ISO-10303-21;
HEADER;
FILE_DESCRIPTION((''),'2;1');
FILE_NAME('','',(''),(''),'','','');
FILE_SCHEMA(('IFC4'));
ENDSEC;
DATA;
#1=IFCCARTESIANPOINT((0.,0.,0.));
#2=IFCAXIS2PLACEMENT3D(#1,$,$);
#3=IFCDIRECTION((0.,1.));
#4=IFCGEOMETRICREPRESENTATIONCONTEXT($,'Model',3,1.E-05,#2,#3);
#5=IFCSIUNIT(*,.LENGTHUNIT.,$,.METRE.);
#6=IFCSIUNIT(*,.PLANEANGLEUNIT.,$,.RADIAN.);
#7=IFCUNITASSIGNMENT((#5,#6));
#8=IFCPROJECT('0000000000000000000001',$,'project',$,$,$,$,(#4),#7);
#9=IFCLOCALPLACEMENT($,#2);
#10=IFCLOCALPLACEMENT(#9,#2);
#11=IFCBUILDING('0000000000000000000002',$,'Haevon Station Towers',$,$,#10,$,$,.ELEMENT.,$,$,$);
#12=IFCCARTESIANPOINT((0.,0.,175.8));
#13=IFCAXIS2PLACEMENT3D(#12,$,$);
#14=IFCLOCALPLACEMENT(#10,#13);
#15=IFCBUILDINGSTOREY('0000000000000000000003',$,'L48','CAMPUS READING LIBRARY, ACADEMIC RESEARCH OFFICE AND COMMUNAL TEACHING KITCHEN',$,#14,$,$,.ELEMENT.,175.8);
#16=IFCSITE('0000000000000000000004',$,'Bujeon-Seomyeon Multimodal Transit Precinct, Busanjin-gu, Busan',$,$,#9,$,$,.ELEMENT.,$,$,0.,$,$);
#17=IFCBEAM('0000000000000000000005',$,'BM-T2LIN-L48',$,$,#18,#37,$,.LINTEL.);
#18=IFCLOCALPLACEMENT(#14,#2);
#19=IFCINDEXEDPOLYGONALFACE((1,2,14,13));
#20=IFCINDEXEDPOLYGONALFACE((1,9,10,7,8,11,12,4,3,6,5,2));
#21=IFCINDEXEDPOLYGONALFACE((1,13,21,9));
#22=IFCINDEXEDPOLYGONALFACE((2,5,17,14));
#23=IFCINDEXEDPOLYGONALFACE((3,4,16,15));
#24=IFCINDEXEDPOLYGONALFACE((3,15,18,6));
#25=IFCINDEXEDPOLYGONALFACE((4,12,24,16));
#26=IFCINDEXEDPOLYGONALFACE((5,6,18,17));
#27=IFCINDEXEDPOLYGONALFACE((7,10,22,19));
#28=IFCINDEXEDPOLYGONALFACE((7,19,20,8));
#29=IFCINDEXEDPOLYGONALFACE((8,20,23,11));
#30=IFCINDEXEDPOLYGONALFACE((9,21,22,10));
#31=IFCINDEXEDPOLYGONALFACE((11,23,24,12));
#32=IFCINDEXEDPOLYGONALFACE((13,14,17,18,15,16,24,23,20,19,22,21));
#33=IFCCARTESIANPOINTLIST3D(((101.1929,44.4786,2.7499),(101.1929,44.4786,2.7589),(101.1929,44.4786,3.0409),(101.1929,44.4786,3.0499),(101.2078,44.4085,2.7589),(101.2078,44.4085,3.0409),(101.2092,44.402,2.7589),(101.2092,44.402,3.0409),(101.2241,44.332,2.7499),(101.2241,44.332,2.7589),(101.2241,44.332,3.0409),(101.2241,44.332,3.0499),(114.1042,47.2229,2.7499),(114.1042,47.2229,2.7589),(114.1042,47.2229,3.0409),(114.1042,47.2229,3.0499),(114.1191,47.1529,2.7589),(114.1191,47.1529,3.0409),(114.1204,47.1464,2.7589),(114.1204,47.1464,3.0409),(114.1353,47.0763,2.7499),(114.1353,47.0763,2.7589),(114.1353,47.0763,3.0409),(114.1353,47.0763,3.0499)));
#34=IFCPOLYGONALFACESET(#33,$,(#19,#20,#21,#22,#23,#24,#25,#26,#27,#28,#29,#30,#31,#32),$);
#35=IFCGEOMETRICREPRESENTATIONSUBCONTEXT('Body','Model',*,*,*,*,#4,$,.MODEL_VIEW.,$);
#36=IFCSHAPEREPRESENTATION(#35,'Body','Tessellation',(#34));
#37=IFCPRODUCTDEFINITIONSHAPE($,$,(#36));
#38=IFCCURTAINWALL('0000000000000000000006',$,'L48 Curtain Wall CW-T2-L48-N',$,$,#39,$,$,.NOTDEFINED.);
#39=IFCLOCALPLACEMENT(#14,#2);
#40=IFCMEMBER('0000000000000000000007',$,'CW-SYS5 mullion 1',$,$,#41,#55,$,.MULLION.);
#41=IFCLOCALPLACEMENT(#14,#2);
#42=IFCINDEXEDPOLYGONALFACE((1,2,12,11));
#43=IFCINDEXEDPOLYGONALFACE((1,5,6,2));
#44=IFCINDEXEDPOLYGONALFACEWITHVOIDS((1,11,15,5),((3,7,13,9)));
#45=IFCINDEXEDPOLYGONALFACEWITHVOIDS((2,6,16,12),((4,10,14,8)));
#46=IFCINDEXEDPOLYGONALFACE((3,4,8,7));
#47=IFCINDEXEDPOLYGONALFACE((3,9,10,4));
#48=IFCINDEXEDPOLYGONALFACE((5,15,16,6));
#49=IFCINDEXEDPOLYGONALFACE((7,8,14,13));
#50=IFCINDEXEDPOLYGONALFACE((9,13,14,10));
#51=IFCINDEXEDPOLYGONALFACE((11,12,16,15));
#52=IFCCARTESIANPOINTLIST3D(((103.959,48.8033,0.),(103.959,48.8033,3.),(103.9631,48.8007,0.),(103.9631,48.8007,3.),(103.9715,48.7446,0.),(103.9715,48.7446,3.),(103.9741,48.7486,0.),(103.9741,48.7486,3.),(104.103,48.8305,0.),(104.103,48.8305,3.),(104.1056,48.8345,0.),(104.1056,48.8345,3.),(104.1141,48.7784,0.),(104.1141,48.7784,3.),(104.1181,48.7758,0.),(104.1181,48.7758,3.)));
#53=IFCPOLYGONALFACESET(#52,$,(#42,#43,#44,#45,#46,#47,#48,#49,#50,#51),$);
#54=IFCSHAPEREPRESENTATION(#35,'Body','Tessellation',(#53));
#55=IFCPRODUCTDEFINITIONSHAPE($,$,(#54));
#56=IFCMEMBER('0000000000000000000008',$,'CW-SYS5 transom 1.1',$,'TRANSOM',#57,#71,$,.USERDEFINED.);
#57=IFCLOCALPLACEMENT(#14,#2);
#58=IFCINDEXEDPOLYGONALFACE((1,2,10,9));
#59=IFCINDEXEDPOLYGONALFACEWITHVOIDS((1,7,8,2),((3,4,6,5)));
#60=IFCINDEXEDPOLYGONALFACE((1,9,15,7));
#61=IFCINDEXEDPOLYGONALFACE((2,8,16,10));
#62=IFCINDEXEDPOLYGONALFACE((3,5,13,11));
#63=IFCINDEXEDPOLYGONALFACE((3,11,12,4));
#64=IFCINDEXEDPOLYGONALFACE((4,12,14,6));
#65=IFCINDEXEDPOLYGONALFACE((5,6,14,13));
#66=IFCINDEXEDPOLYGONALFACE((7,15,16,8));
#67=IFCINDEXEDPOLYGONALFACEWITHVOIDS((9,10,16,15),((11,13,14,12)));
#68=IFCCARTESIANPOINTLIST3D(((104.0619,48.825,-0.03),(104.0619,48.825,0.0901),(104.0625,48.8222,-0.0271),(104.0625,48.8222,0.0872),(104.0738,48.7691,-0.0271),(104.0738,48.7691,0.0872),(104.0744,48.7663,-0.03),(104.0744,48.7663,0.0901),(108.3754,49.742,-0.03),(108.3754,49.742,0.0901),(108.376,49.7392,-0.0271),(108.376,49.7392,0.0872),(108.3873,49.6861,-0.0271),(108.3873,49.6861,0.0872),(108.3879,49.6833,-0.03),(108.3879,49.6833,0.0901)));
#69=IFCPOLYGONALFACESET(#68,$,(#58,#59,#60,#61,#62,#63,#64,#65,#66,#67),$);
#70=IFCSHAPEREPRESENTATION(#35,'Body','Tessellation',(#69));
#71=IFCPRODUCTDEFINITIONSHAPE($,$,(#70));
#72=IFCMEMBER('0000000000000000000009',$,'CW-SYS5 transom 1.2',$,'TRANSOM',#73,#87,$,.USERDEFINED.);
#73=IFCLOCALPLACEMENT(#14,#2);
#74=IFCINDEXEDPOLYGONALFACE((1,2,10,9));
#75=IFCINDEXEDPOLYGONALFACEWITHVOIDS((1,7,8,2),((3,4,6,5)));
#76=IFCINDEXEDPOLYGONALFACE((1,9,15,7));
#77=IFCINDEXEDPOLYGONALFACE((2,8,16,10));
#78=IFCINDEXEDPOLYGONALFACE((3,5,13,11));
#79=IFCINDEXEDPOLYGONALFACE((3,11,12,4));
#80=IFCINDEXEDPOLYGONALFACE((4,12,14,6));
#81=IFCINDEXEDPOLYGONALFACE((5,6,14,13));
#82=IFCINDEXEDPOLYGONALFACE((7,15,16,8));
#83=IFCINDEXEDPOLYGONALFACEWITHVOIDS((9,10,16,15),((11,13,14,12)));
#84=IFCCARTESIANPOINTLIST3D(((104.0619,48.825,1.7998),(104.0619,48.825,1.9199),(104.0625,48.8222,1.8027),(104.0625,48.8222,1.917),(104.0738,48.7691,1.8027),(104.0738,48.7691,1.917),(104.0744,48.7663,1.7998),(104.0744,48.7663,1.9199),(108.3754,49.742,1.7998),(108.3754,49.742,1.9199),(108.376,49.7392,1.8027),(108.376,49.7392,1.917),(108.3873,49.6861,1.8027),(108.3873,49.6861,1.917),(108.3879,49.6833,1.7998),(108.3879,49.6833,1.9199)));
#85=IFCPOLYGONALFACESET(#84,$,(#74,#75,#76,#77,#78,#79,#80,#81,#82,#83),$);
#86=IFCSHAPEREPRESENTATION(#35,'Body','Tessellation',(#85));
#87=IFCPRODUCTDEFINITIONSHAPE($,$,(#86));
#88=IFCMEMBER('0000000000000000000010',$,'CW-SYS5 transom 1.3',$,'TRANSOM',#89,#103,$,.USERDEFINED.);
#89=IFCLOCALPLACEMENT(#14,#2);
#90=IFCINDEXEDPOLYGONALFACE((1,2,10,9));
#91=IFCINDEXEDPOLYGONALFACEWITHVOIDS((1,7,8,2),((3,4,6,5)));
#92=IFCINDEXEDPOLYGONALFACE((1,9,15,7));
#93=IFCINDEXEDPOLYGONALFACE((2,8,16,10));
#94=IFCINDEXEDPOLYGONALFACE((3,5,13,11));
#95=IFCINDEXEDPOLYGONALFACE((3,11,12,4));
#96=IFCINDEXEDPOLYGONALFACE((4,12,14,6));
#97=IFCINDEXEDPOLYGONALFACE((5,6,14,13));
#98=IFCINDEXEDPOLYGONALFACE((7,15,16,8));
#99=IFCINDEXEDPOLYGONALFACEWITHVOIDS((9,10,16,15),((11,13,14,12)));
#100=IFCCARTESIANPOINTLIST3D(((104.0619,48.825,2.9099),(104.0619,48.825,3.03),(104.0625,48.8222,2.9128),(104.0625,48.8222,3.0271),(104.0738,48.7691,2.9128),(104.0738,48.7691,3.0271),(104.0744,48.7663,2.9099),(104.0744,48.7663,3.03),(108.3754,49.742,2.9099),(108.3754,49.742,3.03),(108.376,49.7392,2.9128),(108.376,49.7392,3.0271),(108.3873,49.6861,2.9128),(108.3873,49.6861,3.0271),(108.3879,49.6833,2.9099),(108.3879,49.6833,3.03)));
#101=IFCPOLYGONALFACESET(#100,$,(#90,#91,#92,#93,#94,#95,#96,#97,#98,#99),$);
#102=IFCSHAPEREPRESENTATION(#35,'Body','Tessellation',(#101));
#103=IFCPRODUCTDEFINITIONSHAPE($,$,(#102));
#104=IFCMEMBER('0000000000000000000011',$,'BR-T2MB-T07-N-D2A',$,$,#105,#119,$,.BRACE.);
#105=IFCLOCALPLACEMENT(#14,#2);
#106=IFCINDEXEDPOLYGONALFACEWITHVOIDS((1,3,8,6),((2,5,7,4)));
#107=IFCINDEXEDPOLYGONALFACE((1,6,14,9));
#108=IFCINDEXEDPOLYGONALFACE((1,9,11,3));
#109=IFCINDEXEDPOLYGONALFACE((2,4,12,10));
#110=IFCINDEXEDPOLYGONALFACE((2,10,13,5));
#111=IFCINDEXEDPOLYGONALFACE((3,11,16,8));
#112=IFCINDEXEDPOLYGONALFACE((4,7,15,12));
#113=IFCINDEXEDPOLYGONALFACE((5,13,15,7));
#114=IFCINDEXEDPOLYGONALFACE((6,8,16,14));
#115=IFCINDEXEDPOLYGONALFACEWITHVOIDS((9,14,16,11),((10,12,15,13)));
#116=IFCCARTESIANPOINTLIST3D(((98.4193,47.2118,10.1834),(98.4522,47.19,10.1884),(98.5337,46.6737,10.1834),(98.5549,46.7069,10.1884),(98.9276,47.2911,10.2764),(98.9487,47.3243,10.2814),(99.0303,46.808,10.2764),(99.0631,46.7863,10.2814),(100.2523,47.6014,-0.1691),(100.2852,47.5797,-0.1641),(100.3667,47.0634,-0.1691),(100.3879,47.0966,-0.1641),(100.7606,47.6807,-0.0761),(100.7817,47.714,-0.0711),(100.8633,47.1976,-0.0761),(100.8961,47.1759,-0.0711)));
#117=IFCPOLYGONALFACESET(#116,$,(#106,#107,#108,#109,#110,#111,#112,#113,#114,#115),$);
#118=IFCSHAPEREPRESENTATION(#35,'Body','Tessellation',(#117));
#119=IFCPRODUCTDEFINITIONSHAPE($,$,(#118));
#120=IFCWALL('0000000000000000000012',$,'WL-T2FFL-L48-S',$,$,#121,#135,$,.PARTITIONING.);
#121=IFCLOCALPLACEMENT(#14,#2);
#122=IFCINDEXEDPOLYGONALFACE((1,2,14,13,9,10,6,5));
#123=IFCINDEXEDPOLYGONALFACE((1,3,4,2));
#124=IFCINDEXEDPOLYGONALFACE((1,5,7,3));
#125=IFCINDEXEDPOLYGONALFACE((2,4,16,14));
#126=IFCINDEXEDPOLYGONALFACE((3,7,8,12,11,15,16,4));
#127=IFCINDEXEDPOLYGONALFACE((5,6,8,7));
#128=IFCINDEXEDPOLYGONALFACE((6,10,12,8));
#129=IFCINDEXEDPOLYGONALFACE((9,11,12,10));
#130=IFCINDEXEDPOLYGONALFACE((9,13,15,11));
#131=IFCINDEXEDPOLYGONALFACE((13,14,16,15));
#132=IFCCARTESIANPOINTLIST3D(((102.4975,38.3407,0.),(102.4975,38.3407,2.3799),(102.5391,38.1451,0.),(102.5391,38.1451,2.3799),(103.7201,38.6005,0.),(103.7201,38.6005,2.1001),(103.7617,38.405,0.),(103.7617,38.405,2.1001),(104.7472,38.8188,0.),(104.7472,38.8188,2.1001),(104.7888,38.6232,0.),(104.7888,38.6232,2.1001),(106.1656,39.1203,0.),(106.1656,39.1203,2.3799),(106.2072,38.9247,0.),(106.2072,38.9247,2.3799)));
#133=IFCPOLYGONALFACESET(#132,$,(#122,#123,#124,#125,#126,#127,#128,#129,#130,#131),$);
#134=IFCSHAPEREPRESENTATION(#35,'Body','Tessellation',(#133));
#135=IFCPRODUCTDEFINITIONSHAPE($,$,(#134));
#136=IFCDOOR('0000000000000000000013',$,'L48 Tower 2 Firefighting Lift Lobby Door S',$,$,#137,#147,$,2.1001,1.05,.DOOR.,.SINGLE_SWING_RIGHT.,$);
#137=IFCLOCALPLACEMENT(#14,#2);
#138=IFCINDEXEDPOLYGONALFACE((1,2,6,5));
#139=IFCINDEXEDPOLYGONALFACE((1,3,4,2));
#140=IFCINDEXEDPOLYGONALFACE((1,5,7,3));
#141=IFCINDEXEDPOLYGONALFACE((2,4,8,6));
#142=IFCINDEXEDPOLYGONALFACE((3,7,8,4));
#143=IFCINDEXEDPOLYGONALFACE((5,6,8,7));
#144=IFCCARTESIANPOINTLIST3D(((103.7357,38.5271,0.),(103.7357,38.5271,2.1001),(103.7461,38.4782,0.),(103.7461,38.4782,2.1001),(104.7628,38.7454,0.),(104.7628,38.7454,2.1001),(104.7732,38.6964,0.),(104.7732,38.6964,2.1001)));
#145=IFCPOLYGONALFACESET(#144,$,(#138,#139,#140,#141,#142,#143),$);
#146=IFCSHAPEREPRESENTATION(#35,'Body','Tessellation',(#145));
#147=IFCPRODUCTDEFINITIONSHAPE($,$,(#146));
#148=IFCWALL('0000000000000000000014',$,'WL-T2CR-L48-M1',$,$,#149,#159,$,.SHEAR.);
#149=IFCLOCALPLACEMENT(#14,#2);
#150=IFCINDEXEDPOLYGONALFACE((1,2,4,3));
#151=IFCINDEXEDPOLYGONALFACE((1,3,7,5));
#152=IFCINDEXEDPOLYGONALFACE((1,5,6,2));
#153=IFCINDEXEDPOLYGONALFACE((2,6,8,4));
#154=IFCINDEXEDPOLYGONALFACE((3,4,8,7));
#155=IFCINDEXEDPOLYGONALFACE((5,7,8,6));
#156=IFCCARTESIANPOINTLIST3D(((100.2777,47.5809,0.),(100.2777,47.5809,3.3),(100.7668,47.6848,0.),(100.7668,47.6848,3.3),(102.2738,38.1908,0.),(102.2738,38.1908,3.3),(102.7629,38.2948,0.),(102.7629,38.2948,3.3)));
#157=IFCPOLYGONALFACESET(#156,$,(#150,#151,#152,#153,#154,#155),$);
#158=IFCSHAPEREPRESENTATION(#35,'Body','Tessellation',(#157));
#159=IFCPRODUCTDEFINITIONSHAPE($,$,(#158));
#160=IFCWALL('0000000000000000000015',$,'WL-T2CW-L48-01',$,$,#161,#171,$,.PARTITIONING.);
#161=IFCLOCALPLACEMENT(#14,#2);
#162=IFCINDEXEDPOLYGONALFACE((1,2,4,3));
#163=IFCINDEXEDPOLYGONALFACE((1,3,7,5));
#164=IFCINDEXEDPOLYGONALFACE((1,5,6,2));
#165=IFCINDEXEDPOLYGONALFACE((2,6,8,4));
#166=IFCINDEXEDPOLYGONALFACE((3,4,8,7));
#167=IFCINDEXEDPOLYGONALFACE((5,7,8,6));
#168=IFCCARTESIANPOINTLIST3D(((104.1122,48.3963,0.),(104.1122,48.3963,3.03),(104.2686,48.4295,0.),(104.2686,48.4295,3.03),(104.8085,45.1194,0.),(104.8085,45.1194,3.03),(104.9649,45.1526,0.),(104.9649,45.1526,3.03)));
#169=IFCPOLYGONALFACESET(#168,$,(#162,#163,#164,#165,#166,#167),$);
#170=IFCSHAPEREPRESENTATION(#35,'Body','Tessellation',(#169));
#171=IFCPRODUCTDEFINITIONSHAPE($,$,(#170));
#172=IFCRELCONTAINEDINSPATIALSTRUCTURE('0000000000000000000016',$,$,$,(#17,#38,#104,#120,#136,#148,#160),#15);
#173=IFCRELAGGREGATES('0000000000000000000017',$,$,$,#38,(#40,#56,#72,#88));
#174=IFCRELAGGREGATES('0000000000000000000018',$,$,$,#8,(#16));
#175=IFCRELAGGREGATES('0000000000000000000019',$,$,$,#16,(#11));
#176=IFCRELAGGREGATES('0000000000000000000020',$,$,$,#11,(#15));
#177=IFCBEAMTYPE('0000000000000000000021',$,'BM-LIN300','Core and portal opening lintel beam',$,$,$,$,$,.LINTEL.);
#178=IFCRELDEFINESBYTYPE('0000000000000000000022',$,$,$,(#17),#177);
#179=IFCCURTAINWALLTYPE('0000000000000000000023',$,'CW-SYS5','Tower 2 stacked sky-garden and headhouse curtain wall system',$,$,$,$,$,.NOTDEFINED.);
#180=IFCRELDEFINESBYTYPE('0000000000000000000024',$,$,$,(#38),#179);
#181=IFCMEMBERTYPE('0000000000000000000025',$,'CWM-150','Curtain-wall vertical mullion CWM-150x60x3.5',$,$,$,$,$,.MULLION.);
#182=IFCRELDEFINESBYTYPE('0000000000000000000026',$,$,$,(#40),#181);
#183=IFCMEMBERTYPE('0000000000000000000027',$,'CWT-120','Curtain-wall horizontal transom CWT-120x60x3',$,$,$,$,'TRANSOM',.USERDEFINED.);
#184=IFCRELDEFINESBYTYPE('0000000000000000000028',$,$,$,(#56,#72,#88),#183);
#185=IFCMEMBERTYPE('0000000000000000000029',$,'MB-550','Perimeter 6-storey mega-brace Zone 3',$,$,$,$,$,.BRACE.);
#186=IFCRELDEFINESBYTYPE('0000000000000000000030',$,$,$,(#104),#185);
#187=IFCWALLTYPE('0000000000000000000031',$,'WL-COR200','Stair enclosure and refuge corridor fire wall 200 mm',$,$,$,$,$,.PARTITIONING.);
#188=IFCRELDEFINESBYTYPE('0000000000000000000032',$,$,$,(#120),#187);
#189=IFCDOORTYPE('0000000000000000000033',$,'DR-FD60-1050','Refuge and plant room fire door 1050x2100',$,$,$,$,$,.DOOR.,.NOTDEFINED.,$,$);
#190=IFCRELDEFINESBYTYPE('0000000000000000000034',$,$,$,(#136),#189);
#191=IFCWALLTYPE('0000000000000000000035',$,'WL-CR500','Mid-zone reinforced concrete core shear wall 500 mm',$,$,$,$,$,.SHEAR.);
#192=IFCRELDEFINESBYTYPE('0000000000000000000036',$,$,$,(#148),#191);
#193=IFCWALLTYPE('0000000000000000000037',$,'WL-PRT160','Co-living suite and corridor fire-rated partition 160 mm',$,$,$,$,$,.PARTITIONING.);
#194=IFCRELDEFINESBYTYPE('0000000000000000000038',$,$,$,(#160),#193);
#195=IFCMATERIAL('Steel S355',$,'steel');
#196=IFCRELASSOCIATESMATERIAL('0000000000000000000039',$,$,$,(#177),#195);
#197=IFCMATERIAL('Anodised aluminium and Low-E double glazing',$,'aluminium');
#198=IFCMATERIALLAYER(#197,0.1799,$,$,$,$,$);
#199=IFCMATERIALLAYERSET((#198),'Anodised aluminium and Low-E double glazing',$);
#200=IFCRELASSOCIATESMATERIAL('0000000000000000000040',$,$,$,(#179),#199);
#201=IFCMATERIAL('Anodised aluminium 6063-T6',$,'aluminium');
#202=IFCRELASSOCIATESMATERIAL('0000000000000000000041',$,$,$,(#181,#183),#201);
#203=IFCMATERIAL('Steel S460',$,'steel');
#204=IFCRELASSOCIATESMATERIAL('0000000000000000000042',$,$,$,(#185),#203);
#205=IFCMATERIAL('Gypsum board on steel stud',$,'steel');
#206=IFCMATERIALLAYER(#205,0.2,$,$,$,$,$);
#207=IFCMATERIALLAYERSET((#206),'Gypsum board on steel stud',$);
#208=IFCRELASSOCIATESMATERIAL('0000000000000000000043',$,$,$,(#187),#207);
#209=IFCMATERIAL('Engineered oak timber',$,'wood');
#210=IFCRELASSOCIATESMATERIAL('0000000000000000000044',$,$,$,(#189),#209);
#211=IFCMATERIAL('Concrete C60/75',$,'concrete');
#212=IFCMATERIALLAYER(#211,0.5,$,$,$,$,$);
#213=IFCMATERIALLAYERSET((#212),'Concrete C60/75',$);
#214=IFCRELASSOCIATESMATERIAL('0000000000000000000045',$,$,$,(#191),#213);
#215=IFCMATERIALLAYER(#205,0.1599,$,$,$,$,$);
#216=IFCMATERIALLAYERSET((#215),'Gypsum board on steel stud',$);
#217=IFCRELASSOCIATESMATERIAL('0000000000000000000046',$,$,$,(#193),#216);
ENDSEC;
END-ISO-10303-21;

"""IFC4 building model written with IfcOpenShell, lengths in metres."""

from ifc_helpers import new_model, si_unit, direction, frame, frame_2d, origin, origin_2d, place, context, subcontext, project, spatial, rectangle, hollow_rectangle, i_section, extrude, material, layer, layer_set, material_profile, profile_set, type_object, element, fill, aggregate, save


model = new_model("IFC4")

# Units and contexts
model_context = context("Model", 3, precision=1e-05, world=origin(), true_north=direction((0.0, 1.0)))
body_context = subcontext(model_context, "Body", "Model", "MODEL_VIEW")
ifc_project = project(units=[si_unit("LENGTHUNIT", "METRE"), si_unit("PLANEANGLEUNIT", "RADIAN")], contexts=[model_context])

# Site, building, storey
site_placement = place(None, origin())
site = spatial("IfcSite", under=ifc_project, at=site_placement, Name="Bujeon-Seomyeon Multimodal Transit Precinct, Busanjin-gu, Busan", CompositionType="ELEMENT", RefElevation=0.0)
building_placement = place(site_placement, origin())
building = spatial("IfcBuilding", under=site, at=building_placement, Name="Haevon Station Towers", CompositionType="ELEMENT")
storey_placement = place(building_placement, frame((0.0, 0.0, 175.8)))
storey = spatial("IfcBuildingStorey", under=building, at=storey_placement, Name="L48", Description="CAMPUS READING LIBRARY, ACADEMIC RESEARCH OFFICE AND COMMUNAL TEACHING KITCHEN", CompositionType="ELEMENT", Elevation=175.8)

# Beam
ifc_material_1 = material(Name="Steel S355", Category="steel")
ifc_material_profile_1 = material_profile(ifc_material_1, i_section(OverallWidth=0.1499, OverallDepth=0.3, WebThickness=0.0066, FlangeThickness=0.009, at=origin_2d()), Name="H-300x150x6.5x9")
ifc_profile_set_1 = profile_set([ifc_material_profile_1], Name="Steel S355")
beam_type = type_object("IfcBeamType", Name="BM-LIN300", Description="Core and portal opening lintel beam", PredefinedType="LINTEL", material=ifc_profile_set_1)
beam_placement = place(storey_placement, frame((101.2085, 44.4053, 2.8999), z_axis=(0.978148, 0.207911, 0.0), x_axis=(-0.207911, 0.978148, 0.0)))
element("IfcBeam", 1, at=beam_placement, inside=storey, type_object=beam_type, Name="BM-T2LIN-L48", PredefinedType="LINTEL", context=body_context, shape_type="SweptSolid", body=[
    extrude(i_section(OverallWidth=0.1499, OverallDepth=0.3, WebThickness=0.0066, FlangeThickness=0.009, at=origin_2d()), origin(), (0.0, 0.0, 1.0), 13.1997),
])

# Curtain wall, members
ifc_material_2 = material(Name="Anodised aluminium and Low-E double glazing", Category="aluminium")
ifc_layer_1 = layer(ifc_material_2, 0.1799)
ifc_layer_set_1 = layer_set([ifc_layer_1], Name="Anodised aluminium and Low-E double glazing")
curtain_wall_type = type_object("IfcCurtainWallType", Name="CW-SYS5", Description="Tower 2 stacked sky-garden and headhouse curtain wall system", PredefinedType="NOTDEFINED", material=ifc_layer_set_1)
curtain_wall_placement = place(storey_placement, origin())
curtain_wall = element("IfcCurtainWall", 2, at=curtain_wall_placement, inside=storey, type_object=curtain_wall_type, Name="L48 Curtain Wall CW-T2-L48-N", PredefinedType="NOTDEFINED")
ifc_material_3 = material(Name="Anodised aluminium 6063-T6", Category="aluminium")
ifc_material_profile_2 = material_profile(ifc_material_3, hollow_rectangle(XDim=0.0601, YDim=0.1499, WallThickness=0.0034, at=origin_2d()), Name="CWM-150x60x3.5")
ifc_profile_set_2 = profile_set([ifc_material_profile_2], Name="Anodised aluminium 6063-T6")
member_type_1 = type_object("IfcMemberType", Name="CWM-150", Description="Curtain-wall vertical mullion CWM-150x60x3.5", PredefinedType="MULLION", material=ifc_profile_set_2)
member_1_placement = place(storey_placement, frame((104.0386, 48.7896, 0.0), z_axis=(0.0, 0.0, 1.0), x_axis=(-0.207912, 0.978148, 0.0)))
member_1 = element("IfcMember", 3, at=member_1_placement, type_object=member_type_1, Name="CW-SYS5 mullion 1", PredefinedType="MULLION", context=body_context, shape_type="SweptSolid", body=[
    extrude(hollow_rectangle(XDim=0.0601, YDim=0.1499, WallThickness=0.0034, at=origin_2d()), origin(), (0.0, 0.0, 1.0), 3.0),
])
ifc_material_profile_3 = material_profile(ifc_material_3, hollow_rectangle(XDim=0.0601, YDim=0.1201, WallThickness=0.0029, at=origin_2d()), Name="CWT-120x60x3")
ifc_profile_set_3 = profile_set([ifc_material_profile_3], Name="Anodised aluminium 6063-T6")
member_type_2 = type_object("IfcMemberType", Name="CWT-120", Description="Curtain-wall horizontal transom CWT-120x60x3", ElementType="TRANSOM", PredefinedType="USERDEFINED", material=ifc_profile_set_3)
member_2_placement = place(storey_placement, frame((104.0681, 48.7957, 0.03), z_axis=(0.978141, 0.207941, 0.0), x_axis=(-0.207941, 0.978141, 0.0)))
member_2 = element("IfcMember", 4, at=member_2_placement, type_object=member_type_2, Name="CW-SYS5 transom 1.1", ObjectType="TRANSOM", PredefinedType="USERDEFINED", context=body_context, shape_type="SweptSolid", body=[
    extrude(hollow_rectangle(XDim=0.0601, YDim=0.1201, WallThickness=0.0029, at=origin_2d()), origin(), (0.0, 0.0, 1.0), 4.4099),
])
member_3_placement = place(storey_placement, frame((104.0681, 48.7957, 1.8599), z_axis=(0.978141, 0.207941, 0.0), x_axis=(-0.207941, 0.978141, 0.0)))
member_3 = element("IfcMember", 5, at=member_3_placement, type_object=member_type_2, Name="CW-SYS5 transom 1.2", ObjectType="TRANSOM", PredefinedType="USERDEFINED", context=body_context, shape_type="SweptSolid", body=[
    extrude(hollow_rectangle(XDim=0.0601, YDim=0.1201, WallThickness=0.0029, at=origin_2d()), origin(), (0.0, 0.0, 1.0), 4.4099),
])
member_4_placement = place(storey_placement, frame((104.0681, 48.7957, 2.97), z_axis=(0.978141, 0.207941, 0.0), x_axis=(-0.207941, 0.978141, 0.0)))
member_4 = element("IfcMember", 6, at=member_4_placement, type_object=member_type_2, Name="CW-SYS5 transom 1.3", ObjectType="TRANSOM", PredefinedType="USERDEFINED", context=body_context, shape_type="SweptSolid", body=[
    extrude(hollow_rectangle(XDim=0.0601, YDim=0.1201, WallThickness=0.0029, at=origin_2d()), origin(), (0.0, 0.0, 1.0), 4.4099),
])
aggregate(curtain_wall, [member_1, member_2, member_3, member_4])

# Member
ifc_material_4 = material(Name="Steel S460", Category="steel")
ifc_material_profile_4 = material_profile(ifc_material_4, hollow_rectangle(XDim=0.55, YDim=0.55, WallThickness=0.0281, at=origin_2d()), Name="RHS-550x550x28")
ifc_profile_set_4 = profile_set([ifc_material_profile_4], Name="Steel S460")
member_type_3 = type_object("IfcMemberType", Name="MB-550", Description="Perimeter 6-storey mega-brace Zone 3", PredefinedType="BRACE", material=ifc_profile_set_4)
member_5_placement = place(storey_placement, frame((100.5742, 47.3887, -0.1201), z_axis=(-0.174227, -0.037036, 0.984009), x_axis=(0.207927, -0.978144, 0.0)))
element("IfcMember", 7, at=member_5_placement, inside=storey, type_object=member_type_3, Name="BR-T2MB-T07-N-D2A", PredefinedType="BRACE", context=body_context, shape_type="SweptSolid", body=[
    extrude(hollow_rectangle(XDim=0.55, YDim=0.55, WallThickness=0.0281, at=origin_2d()), origin(), (0.0, 0.0, 1.0), 10.5208),
])

# Wall, opening, door
ifc_material_5 = material(Name="Gypsum board on steel stud", Category="steel")
ifc_layer_2 = layer(ifc_material_5, 0.2)
ifc_layer_set_2 = layer_set([ifc_layer_2], Name="Gypsum board on steel stud")
wall_type_1 = type_object("IfcWallType", Name="WL-COR200", Description="Stair enclosure and refuge corridor fire wall 200 mm", PredefinedType="PARTITIONING", material=ifc_layer_set_2)
wall_1_placement = place(storey_placement, frame((102.5183, 38.2429, 0.0), z_axis=(0.0, 0.0, 1.0), x_axis=(0.978154, 0.207884, 0.0)))
wall_1 = element("IfcWall", 8, at=wall_1_placement, inside=storey, type_object=wall_type_1, Name="WL-T2FFL-L48-S", PredefinedType="PARTITIONING", context=body_context, shape_type="SweptSolid", body=[
    extrude(rectangle(XDim=3.75, YDim=0.2, at=frame_2d((1.875, 0.0))), origin(), (0.0, 0.0, 1.0), 2.3799),
])
opening_1_placement = place(wall_1_placement, frame((1.25, 0.0, 0.0)))
opening_1 = element("IfcOpeningElement", 9, at=opening_1_placement, cuts=wall_1, PredefinedType="OPENING", context=body_context, shape_type="SweptSolid", body=[
    extrude(rectangle(XDim=1.05, YDim=2.1001, at=frame_2d((0.5249, 1.05))), frame((0.0, 0.1099, 0.0), z_axis=(0.0, -1.0, 0.0), x_axis=(1.0, 0.0, 0.0)), (0.0, 0.0, 1.0), 0.22),
])
ifc_material_6 = material(Name="Engineered oak timber", Category="wood")
door_type_1 = type_object("IfcDoorType", Name="DR-FD60-1050", Description="Refuge and plant room fire door 1050x2100", OperationType="NOTDEFINED", PredefinedType="DOOR", material=ifc_material_6)
door_1_placement = place(opening_1_placement, origin())
door_1 = element("IfcDoor", 10, at=door_1_placement, inside=storey, type_object=door_type_1, Name="L48 Tower 2 Firefighting Lift Lobby Door S", OperationType="SINGLE_SWING_RIGHT", OverallHeight=2.1001, OverallWidth=1.05, PredefinedType="DOOR", context=body_context, shape_type="SweptSolid", body=[
    extrude(rectangle(XDim=1.05, YDim=2.1001, at=frame_2d((0.5249, 1.05))), frame((0.0, 0.0249, 0.0), z_axis=(0.0, -1.0, 0.0), x_axis=(1.0, 0.0, 0.0)), (0.0, 0.0, 1.0), 0.05),
])
fill(opening_1, door_1)

# Walls
ifc_material_7 = material(Name="Concrete C60/75", Category="concrete")
ifc_layer_3 = layer(ifc_material_7, 0.5)
ifc_layer_set_3 = layer_set([ifc_layer_3], Name="Concrete C60/75")
wall_type_2 = type_object("IfcWallType", Name="WL-CR500", Description="Mid-zone reinforced concrete core shear wall 500 mm", PredefinedType="SHEAR", material=ifc_layer_set_3)
wall_2_placement = place(storey_placement, frame((102.5183, 38.2429, 0.0), z_axis=(0.0, 0.0, 1.0), x_axis=(-0.207927, 0.978144, 0.0)))
element("IfcWall", 11, at=wall_2_placement, inside=storey, type_object=wall_type_2, Name="WL-T2CR-L48-M1", PredefinedType="SHEAR", context=body_context, shape_type="SweptSolid", body=[
    extrude(rectangle(XDim=9.5999, YDim=0.5, at=frame_2d((4.7998, 0.0))), origin(), (0.0, 0.0, 1.0), 3.3),
])
ifc_layer_4 = layer(ifc_material_5, 0.1599)
ifc_layer_set_4 = layer_set([ifc_layer_4], Name="Gypsum board on steel stud")
wall_type_3 = type_object("IfcWallType", Name="WL-PRT160", Description="Co-living suite and corridor fire-rated partition 160 mm", PredefinedType="PARTITIONING", material=ifc_layer_set_4)
wall_3_placement = place(storey_placement, frame((104.8867, 45.136, 0.0), z_axis=(0.0, 0.0, 1.0), x_axis=(-0.207847, 0.978161, 0.0)))
element("IfcWall", 12, at=wall_3_placement, inside=storey, type_object=wall_type_3, Name="WL-T2CW-L48-01", PredefinedType="PARTITIONING", context=body_context, shape_type="SweptSolid", body=[
    extrude(rectangle(XDim=3.3501, YDim=0.1599, at=frame_2d((1.675, 0.0))), origin(), (0.0, 0.0, 1.0), 3.03),
])

save(model, "model.ifc")
